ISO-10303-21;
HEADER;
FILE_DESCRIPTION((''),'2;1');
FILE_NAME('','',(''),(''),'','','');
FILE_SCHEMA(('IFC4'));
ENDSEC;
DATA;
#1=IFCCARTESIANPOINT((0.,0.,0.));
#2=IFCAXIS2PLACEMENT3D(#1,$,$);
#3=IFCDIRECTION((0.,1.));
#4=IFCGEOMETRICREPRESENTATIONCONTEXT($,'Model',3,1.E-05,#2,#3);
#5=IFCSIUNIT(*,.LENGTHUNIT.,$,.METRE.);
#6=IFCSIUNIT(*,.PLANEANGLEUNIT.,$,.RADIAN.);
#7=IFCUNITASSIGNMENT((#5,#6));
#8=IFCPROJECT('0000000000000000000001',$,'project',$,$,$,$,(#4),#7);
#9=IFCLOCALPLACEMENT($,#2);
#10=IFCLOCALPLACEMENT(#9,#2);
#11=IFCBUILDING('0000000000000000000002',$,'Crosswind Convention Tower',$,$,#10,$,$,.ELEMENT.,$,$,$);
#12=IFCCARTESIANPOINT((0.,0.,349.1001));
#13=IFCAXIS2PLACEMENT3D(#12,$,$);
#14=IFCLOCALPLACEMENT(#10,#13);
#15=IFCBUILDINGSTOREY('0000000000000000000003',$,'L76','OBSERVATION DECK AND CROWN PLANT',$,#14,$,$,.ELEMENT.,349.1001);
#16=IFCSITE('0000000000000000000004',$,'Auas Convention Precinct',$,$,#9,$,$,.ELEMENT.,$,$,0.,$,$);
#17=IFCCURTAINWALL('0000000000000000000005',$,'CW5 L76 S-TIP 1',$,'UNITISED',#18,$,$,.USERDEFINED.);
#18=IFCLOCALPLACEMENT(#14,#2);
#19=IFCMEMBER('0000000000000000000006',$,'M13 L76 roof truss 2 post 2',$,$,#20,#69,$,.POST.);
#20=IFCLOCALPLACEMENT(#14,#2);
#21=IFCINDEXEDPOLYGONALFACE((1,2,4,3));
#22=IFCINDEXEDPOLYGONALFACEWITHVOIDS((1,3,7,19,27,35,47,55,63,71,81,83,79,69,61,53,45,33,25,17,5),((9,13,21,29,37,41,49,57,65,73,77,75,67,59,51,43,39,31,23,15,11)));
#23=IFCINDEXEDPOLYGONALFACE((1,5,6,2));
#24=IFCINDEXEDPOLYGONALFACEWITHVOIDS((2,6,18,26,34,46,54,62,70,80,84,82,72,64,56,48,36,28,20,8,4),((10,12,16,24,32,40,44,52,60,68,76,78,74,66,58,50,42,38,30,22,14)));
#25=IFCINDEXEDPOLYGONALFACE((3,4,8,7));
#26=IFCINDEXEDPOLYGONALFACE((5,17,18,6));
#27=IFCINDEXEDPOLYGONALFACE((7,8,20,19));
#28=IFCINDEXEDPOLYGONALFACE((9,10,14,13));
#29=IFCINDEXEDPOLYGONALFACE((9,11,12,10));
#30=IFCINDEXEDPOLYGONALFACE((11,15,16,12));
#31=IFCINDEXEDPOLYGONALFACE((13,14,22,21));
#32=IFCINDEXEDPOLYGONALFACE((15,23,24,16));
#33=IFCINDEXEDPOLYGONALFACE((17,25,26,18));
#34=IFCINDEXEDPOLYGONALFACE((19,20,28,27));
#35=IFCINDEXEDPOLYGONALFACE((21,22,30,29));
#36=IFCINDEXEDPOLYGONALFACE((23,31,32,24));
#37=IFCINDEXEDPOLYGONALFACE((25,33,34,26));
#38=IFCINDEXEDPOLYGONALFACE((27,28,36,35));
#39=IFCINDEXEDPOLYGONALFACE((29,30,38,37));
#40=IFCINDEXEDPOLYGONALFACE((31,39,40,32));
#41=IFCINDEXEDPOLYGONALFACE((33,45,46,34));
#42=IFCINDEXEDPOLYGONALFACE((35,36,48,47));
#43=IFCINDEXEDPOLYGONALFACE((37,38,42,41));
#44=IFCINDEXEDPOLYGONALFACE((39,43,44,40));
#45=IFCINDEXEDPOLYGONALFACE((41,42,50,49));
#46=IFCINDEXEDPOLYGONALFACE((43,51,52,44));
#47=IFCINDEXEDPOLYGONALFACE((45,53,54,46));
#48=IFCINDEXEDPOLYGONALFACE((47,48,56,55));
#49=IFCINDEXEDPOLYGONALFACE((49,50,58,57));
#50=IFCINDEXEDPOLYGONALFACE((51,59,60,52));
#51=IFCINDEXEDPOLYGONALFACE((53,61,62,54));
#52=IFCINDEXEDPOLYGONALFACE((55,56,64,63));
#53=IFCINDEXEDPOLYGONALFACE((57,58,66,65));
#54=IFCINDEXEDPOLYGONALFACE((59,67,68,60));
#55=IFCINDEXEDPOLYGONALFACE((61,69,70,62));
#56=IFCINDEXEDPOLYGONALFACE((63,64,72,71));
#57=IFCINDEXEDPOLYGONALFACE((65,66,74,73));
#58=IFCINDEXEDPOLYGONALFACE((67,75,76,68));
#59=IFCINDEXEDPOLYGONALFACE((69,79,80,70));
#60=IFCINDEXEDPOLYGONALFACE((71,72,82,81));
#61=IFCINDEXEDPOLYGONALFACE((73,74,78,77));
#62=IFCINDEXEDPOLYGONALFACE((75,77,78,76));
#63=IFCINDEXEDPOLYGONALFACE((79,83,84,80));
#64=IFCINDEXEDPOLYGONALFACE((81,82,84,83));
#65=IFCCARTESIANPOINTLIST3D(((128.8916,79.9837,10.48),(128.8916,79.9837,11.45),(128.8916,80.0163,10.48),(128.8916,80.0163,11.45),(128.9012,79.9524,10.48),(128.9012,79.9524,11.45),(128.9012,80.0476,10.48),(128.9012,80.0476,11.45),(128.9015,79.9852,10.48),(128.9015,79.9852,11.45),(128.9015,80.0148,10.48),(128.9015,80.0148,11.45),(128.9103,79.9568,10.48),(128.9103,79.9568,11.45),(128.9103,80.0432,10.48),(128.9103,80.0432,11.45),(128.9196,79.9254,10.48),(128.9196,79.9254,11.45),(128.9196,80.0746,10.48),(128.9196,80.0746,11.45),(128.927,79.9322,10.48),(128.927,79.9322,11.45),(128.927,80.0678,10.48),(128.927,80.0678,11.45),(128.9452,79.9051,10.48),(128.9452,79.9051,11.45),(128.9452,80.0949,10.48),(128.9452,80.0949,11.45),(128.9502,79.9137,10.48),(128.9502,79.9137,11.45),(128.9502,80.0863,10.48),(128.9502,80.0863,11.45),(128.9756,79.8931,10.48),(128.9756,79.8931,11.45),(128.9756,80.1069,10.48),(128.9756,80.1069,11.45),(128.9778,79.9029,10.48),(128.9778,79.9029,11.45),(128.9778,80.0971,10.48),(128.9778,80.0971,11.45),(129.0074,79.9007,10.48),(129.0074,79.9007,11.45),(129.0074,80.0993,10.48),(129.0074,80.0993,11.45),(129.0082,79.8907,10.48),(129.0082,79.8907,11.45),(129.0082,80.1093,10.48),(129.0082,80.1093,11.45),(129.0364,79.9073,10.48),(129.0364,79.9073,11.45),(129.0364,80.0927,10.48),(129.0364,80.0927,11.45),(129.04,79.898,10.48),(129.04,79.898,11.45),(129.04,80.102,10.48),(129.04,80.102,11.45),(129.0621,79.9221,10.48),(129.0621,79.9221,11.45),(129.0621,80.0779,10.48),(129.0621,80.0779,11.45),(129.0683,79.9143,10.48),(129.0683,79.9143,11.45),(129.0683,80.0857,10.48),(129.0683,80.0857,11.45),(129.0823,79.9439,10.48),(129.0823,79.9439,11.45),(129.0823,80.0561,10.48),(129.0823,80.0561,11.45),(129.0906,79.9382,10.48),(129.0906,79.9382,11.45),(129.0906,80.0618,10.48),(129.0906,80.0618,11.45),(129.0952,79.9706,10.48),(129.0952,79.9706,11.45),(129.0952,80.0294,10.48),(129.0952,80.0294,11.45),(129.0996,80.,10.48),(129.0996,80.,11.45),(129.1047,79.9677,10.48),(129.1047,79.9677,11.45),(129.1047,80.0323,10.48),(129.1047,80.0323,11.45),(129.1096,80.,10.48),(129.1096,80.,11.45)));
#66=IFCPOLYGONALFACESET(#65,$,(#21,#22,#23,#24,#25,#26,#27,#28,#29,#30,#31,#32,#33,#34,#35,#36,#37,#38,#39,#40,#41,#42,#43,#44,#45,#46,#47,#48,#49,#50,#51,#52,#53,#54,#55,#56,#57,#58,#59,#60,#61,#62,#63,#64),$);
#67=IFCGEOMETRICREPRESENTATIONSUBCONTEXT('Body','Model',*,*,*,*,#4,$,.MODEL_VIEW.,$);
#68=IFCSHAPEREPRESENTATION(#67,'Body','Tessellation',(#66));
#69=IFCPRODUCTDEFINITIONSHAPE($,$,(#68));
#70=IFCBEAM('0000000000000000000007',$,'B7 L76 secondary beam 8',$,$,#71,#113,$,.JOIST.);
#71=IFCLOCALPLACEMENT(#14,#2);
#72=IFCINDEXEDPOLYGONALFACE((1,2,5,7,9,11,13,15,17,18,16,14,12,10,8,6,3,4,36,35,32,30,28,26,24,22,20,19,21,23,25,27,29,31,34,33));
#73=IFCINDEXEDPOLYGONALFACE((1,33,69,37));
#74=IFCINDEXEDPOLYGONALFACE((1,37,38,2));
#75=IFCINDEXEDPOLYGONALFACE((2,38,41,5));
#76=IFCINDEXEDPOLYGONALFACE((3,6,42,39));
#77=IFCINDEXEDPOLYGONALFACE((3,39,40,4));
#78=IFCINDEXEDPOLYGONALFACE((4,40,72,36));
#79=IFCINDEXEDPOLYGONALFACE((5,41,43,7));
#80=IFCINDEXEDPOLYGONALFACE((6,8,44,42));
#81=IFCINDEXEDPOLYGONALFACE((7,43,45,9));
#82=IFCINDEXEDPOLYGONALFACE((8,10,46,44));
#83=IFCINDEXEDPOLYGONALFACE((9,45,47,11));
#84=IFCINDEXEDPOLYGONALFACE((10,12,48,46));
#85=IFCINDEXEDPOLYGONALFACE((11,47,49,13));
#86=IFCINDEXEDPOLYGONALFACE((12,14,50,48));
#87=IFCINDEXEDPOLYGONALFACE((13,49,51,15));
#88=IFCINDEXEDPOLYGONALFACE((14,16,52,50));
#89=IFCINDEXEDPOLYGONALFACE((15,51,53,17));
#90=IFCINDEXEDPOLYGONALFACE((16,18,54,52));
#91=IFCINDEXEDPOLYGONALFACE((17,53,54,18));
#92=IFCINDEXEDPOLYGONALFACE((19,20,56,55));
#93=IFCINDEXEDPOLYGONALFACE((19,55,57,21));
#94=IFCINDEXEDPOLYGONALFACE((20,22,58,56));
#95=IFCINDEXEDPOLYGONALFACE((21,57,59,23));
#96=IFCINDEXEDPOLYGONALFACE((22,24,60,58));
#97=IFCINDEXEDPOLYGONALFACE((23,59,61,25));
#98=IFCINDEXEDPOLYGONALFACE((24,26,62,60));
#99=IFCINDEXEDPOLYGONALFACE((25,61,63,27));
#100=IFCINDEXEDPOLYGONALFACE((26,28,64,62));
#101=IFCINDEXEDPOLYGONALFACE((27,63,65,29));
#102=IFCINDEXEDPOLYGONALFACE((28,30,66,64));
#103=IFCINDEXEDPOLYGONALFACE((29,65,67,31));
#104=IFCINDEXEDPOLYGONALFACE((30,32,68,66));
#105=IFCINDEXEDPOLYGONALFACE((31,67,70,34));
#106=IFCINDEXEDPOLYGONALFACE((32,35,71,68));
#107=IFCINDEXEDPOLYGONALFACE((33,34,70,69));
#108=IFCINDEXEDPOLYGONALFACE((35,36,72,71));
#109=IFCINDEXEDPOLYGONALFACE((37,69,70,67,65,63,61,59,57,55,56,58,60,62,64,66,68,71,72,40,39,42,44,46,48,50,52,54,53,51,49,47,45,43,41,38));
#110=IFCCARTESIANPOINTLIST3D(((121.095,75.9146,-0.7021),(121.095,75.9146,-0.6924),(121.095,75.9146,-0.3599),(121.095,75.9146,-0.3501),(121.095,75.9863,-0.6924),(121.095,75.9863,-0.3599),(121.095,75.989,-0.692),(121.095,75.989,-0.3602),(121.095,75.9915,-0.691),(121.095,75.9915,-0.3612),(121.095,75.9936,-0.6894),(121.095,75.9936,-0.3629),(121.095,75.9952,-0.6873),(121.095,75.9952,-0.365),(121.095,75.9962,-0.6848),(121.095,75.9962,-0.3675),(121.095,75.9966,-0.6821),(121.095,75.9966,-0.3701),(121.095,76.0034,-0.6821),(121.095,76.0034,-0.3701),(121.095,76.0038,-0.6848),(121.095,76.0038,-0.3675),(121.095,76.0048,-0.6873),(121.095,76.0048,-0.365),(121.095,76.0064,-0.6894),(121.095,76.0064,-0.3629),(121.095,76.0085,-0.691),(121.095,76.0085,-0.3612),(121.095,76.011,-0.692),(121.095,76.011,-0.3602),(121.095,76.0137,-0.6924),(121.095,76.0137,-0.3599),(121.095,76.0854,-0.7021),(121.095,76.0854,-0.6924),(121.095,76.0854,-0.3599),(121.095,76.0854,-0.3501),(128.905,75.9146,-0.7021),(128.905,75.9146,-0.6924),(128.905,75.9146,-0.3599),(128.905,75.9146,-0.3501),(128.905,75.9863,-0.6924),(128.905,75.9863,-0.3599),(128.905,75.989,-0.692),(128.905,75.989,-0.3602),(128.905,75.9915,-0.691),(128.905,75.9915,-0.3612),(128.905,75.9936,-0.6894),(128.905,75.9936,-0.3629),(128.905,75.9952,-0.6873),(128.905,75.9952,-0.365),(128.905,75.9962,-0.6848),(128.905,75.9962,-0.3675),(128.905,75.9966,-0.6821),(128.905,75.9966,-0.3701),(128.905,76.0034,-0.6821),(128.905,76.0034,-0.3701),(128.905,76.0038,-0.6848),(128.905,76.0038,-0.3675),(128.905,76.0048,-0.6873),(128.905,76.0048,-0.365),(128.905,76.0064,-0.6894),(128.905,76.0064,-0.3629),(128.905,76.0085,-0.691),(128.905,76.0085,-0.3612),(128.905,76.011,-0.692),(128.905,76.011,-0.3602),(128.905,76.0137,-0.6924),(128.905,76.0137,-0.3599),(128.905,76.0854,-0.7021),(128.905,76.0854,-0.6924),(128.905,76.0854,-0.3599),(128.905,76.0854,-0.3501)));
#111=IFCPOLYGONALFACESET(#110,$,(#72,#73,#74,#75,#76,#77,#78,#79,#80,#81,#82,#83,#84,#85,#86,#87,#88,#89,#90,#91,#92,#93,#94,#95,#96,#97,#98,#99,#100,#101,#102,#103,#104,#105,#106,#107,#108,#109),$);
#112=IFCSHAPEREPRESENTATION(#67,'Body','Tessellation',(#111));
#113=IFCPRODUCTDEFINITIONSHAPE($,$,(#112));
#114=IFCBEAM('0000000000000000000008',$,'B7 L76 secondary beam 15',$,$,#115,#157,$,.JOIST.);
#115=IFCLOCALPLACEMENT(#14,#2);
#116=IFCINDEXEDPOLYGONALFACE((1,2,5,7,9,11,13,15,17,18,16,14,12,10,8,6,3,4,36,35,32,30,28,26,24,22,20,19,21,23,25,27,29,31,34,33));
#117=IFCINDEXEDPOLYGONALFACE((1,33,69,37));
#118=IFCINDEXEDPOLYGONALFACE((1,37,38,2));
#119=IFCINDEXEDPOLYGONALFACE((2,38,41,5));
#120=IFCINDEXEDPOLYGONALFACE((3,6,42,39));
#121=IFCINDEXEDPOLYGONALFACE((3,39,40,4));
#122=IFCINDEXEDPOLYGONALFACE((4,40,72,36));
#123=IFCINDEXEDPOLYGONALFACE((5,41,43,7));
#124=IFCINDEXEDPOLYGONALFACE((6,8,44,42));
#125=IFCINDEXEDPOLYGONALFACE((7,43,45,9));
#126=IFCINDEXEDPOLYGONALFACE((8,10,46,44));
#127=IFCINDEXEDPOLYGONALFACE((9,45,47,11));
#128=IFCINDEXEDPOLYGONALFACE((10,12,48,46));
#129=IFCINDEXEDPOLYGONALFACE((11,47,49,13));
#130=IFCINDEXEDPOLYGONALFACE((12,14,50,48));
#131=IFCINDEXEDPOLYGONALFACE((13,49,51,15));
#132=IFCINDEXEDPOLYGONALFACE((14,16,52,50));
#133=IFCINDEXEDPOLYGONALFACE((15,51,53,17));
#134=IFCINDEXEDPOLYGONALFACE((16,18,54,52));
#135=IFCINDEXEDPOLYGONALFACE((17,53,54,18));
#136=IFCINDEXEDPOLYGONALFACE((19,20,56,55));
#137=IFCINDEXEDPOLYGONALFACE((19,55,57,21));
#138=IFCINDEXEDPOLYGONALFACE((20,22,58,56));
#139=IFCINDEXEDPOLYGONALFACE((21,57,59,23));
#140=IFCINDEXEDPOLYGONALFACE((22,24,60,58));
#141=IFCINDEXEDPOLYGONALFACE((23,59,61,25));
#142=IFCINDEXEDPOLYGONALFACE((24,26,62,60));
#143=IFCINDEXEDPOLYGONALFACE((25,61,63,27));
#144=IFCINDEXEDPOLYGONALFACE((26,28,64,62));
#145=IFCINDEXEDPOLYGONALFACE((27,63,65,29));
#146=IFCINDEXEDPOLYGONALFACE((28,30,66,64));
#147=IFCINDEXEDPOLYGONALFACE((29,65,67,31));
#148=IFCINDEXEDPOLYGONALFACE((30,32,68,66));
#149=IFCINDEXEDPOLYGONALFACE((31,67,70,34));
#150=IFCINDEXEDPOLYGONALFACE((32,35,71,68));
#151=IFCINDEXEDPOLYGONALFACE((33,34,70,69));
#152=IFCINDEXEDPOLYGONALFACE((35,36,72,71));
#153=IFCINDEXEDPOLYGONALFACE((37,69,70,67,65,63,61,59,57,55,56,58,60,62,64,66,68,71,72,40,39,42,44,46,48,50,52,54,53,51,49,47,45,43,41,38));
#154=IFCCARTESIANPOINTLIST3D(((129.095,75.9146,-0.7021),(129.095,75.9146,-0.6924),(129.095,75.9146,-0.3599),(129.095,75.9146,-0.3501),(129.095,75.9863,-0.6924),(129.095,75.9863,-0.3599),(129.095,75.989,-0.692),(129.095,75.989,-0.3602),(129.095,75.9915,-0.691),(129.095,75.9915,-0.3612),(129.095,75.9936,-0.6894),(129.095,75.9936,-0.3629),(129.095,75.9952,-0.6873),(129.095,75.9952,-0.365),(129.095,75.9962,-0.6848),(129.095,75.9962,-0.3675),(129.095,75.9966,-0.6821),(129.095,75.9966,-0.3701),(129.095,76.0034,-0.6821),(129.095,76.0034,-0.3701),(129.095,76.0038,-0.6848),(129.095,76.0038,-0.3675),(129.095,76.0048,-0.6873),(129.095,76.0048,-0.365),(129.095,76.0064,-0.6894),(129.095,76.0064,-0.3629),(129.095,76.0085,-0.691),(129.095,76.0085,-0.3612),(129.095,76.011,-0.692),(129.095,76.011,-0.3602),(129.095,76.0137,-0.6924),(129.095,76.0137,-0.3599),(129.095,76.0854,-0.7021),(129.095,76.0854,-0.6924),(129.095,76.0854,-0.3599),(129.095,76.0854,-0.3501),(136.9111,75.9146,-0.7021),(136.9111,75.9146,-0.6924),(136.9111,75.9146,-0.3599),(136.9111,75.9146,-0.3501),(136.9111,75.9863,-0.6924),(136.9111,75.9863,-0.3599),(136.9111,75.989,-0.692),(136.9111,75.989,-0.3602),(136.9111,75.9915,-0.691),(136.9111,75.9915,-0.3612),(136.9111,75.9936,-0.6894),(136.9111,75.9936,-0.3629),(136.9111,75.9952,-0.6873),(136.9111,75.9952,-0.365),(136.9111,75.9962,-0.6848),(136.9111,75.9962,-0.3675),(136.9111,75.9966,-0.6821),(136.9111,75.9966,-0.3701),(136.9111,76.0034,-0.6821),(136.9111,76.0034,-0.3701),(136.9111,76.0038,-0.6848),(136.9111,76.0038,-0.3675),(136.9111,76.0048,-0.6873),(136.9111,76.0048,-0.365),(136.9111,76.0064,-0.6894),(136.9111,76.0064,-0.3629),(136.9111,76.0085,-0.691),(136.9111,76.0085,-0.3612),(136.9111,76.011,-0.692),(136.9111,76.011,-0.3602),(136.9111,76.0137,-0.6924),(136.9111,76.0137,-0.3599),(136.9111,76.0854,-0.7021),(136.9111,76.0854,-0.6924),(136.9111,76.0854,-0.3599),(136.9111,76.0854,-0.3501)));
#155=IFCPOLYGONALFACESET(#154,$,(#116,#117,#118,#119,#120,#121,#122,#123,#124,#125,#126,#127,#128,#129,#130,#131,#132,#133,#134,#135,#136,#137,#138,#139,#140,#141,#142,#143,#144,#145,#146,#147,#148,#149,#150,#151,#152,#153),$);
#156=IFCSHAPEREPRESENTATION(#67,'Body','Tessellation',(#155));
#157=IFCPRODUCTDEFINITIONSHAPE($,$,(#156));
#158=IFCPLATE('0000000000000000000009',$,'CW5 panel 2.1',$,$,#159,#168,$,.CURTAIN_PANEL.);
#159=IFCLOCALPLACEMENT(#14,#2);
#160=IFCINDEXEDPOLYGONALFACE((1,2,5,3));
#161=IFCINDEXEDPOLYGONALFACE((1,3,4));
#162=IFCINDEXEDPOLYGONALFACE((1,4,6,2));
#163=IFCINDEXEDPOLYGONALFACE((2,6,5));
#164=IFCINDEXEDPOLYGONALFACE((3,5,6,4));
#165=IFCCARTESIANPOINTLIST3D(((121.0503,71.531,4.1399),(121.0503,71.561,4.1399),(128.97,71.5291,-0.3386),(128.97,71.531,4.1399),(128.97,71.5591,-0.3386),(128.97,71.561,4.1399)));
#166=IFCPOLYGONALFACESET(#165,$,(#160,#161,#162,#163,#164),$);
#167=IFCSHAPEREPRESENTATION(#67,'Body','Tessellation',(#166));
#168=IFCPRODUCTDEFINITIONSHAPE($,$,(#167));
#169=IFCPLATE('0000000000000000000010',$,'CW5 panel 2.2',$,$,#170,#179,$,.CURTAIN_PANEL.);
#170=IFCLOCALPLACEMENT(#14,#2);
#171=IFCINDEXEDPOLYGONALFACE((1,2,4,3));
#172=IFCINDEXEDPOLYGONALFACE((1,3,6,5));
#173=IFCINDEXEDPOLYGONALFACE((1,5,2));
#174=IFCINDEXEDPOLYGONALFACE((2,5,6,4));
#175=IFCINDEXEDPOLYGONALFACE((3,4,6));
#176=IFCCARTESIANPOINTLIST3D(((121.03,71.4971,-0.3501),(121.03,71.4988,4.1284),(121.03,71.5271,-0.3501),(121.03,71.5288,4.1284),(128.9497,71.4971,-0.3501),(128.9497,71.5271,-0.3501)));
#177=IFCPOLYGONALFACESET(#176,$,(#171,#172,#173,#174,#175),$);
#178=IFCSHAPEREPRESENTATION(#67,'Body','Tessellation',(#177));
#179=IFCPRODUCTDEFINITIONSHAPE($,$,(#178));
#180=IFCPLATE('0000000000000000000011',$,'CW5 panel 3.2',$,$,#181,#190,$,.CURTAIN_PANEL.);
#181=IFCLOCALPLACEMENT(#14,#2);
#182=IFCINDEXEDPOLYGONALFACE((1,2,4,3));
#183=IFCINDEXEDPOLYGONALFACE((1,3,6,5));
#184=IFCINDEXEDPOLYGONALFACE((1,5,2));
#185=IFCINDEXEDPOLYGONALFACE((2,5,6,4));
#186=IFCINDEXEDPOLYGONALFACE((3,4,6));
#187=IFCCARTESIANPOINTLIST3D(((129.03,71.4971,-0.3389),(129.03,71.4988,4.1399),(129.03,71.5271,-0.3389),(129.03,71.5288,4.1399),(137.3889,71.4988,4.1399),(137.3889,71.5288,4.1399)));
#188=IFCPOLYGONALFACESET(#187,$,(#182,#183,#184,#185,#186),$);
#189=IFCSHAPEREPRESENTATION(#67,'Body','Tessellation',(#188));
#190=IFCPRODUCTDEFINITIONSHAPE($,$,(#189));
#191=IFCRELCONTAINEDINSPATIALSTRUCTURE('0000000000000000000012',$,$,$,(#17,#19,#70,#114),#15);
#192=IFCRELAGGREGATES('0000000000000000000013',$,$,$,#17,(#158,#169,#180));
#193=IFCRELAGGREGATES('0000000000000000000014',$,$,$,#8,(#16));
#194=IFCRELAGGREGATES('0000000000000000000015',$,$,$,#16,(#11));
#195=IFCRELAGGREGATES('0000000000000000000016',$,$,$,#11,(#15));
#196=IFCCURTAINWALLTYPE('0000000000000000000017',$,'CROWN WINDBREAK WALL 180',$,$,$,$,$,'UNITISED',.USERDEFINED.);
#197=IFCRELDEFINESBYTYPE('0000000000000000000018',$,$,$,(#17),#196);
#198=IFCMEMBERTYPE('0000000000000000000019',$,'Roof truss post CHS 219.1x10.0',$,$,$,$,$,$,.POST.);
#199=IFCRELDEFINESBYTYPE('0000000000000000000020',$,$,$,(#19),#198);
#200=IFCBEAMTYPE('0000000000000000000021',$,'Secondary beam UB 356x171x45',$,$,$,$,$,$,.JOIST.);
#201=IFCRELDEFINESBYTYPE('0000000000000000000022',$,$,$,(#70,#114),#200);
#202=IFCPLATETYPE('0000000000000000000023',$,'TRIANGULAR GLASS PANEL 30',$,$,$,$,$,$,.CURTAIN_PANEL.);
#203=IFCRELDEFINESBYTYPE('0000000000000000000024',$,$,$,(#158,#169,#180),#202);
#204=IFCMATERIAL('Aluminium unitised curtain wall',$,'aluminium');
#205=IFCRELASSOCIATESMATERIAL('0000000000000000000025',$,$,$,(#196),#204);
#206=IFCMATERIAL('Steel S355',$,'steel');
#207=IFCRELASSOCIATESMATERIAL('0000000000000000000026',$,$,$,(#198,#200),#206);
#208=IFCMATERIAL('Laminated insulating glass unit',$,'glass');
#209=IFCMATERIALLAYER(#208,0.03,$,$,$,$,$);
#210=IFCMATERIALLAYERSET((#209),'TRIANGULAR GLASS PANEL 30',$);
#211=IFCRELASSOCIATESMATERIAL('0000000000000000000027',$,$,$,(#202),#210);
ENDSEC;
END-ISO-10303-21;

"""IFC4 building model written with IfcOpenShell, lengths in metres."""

from ifc_helpers import new_model, si_unit, direction, frame, origin, origin_2d, place, context, subcontext, project, spatial, polyline, hollow_circle, i_section, outline, extrude, material, layer, layer_set, material_profile, profile_set, type_object, element, aggregate, save


model = new_model("IFC4")

# Units and contexts
model_context = context("Model", 3, precision=1e-05, world=origin(), true_north=direction((0.0, 1.0)))
body_context = subcontext(model_context, "Body", "Model", "MODEL_VIEW")
ifc_project = project(units=[si_unit("LENGTHUNIT", "METRE"), si_unit("PLANEANGLEUNIT", "RADIAN")], contexts=[model_context])

# Site, building, storey
site_placement = place(None, origin())
site = spatial("IfcSite", under=ifc_project, at=site_placement, Name="Auas Convention Precinct", CompositionType="ELEMENT", RefElevation=0.0)
building_placement = place(site_placement, origin())
building = spatial("IfcBuilding", under=site, at=building_placement, Name="Crosswind Convention Tower", CompositionType="ELEMENT")
storey_placement = place(building_placement, frame((0.0, 0.0, 349.1001)))
storey = spatial("IfcBuildingStorey", under=building, at=storey_placement, Name="L76", Description="OBSERVATION DECK AND CROWN PLANT", CompositionType="ELEMENT", Elevation=349.1001)

# Shared definitions
ifc_material_1 = material(Name="Steel S355", Category="steel")

# Curtain wall
ifc_material_2 = material(Name="Aluminium unitised curtain wall", Category="aluminium")
curtain_wall_type = type_object("IfcCurtainWallType", Name="CROWN WINDBREAK WALL 180", ElementType="UNITISED", PredefinedType="USERDEFINED", material=ifc_material_2)
curtain_wall_placement = place(storey_placement, origin())
curtain_wall = element("IfcCurtainWall", 1, at=curtain_wall_placement, inside=storey, type_object=curtain_wall_type, Name="CW5 L76 S-TIP 1", ObjectType="UNITISED", PredefinedType="USERDEFINED")

# Member
ifc_material_profile_1 = material_profile(ifc_material_1, hollow_circle(Radius=0.1096, WallThickness=0.01, at=origin_2d()), Name="CHS 219.1x10.0")
ifc_profile_set_1 = profile_set([ifc_material_profile_1], Name="Steel S355")
member_type_1 = type_object("IfcMemberType", Name="Roof truss post CHS 219.1x10.0", PredefinedType="POST", material=ifc_profile_set_1)
for number, where, z_axis, x_axis, name in (
    (2, (129.0, 80.0, 10.48), (0.0, 0.0, 1.0), (1.0, 0.0, 0.0), "M13 L76 roof truss 2 post 2"),
):
    element("IfcMember", number, at=place(storey_placement, frame(where, z_axis=z_axis, x_axis=x_axis)), inside=storey, type_object=member_type_1, Name=name, PredefinedType="POST", context=body_context, shape_type="SweptSolid", body=[
        extrude(hollow_circle(Radius=0.1096, WallThickness=0.01, at=origin_2d()), origin(), (0.0, 0.0, 1.0), 0.97),
    ])

# Beams
ifc_material_profile_2 = material_profile(ifc_material_1, i_section(OverallWidth=0.1709, OverallDepth=0.3521, WebThickness=0.0068, FlangeThickness=0.0098, FilletRadius=0.0103, at=origin_2d()), Name="UB 356x171x45")
ifc_profile_set_2 = profile_set([ifc_material_profile_2], Name="Steel S355")
beam_type_1 = type_object("IfcBeamType", Name="Secondary beam UB 356x171x45", PredefinedType="JOIST", material=ifc_profile_set_2)
beam_1_placement = place(storey_placement, frame((121.095, 76.0, -0.5261), z_axis=(1.0, 0.0, 0.0), x_axis=(0.0, 1.0, 0.0)))
element("IfcBeam", 3, at=beam_1_placement, inside=storey, type_object=beam_type_1, Name="B7 L76 secondary beam 8", PredefinedType="JOIST", context=body_context, shape_type="SweptSolid", body=[
    extrude(i_section(OverallWidth=0.1709, OverallDepth=0.3521, WebThickness=0.0068, FlangeThickness=0.0098, FilletRadius=0.0103, at=origin_2d()), origin(), (0.0, 0.0, 1.0), 7.8101),
])
beam_2_placement = place(storey_placement, frame((129.095, 76.0, -0.5261), z_axis=(1.0, 0.0, 0.0), x_axis=(0.0, 1.0, 0.0)))
element("IfcBeam", 4, at=beam_2_placement, inside=storey, type_object=beam_type_1, Name="B7 L76 secondary beam 15", PredefinedType="JOIST", context=body_context, shape_type="SweptSolid", body=[
    extrude(i_section(OverallWidth=0.1709, OverallDepth=0.3521, WebThickness=0.0068, FlangeThickness=0.0098, FilletRadius=0.0103, at=origin_2d()), origin(), (0.0, 0.0, 1.0), 7.8162),
])

# Plates
ifc_material_3 = material(Name="Laminated insulating glass unit", Category="glass")
ifc_layer_1 = layer(ifc_material_3, 0.03)
ifc_layer_set_1 = layer_set([ifc_layer_1], Name="TRIANGULAR GLASS PANEL 30")
plate_type = type_object("IfcPlateType", Name="TRIANGULAR GLASS PANEL 30", PredefinedType="CURTAIN_PANEL", material=ifc_layer_set_1)
plate_1_placement = place(storey_placement, frame((128.97, 71.531, 4.1399), z_axis=(0.0, -1.0, 0.000436), x_axis=(-1.0, 0.0, 0.0)))
plate_1 = element("IfcPlate", 5, at=plate_1_placement, type_object=plate_type, Name="CW5 panel 2.1", PredefinedType="CURTAIN_PANEL", context=body_context, shape_type="SweptSolid", body=[
    extrude(outline(polyline([(0.0, 0.0), (7.9197, 0.0), (0.0, 4.4785), (0.0, 0.0)])), origin(), (0.0, 0.0, -1.0), 0.03),
])
plate_2_placement = place(storey_placement, frame((121.03, 71.4971, -0.3501), z_axis=(0.0, -1.0, 0.000382), x_axis=(1.0, 0.0, 0.0)))
plate_2 = element("IfcPlate", 6, at=plate_2_placement, type_object=plate_type, Name="CW5 panel 2.2", PredefinedType="CURTAIN_PANEL", context=body_context, shape_type="SweptSolid", body=[
    extrude(outline(polyline([(0.0, 0.0), (7.9197, 0.0), (0.0, 4.4785), (0.0, 0.0)])), origin(), (0.0, 0.0, -1.0), 0.03),
])
plate_3_placement = place(storey_placement, frame((129.03, 71.4988, 4.1399), z_axis=(0.0, -1.0, 0.000382), x_axis=(0.0, -0.000382, -1.0)))
plate_3 = element("IfcPlate", 7, at=plate_3_placement, type_object=plate_type, Name="CW5 panel 3.2", PredefinedType="CURTAIN_PANEL", context=body_context, shape_type="SweptSolid", body=[
    extrude(outline(polyline([(0.0, 0.0), (4.4788, 0.0), (0.0, 8.3589), (0.0, 0.0)])), origin(), (0.0, 0.0, -1.0), 0.03),
])
aggregate(curtain_wall, [plate_1, plate_2, plate_3])

save(model, "model.ifc")
